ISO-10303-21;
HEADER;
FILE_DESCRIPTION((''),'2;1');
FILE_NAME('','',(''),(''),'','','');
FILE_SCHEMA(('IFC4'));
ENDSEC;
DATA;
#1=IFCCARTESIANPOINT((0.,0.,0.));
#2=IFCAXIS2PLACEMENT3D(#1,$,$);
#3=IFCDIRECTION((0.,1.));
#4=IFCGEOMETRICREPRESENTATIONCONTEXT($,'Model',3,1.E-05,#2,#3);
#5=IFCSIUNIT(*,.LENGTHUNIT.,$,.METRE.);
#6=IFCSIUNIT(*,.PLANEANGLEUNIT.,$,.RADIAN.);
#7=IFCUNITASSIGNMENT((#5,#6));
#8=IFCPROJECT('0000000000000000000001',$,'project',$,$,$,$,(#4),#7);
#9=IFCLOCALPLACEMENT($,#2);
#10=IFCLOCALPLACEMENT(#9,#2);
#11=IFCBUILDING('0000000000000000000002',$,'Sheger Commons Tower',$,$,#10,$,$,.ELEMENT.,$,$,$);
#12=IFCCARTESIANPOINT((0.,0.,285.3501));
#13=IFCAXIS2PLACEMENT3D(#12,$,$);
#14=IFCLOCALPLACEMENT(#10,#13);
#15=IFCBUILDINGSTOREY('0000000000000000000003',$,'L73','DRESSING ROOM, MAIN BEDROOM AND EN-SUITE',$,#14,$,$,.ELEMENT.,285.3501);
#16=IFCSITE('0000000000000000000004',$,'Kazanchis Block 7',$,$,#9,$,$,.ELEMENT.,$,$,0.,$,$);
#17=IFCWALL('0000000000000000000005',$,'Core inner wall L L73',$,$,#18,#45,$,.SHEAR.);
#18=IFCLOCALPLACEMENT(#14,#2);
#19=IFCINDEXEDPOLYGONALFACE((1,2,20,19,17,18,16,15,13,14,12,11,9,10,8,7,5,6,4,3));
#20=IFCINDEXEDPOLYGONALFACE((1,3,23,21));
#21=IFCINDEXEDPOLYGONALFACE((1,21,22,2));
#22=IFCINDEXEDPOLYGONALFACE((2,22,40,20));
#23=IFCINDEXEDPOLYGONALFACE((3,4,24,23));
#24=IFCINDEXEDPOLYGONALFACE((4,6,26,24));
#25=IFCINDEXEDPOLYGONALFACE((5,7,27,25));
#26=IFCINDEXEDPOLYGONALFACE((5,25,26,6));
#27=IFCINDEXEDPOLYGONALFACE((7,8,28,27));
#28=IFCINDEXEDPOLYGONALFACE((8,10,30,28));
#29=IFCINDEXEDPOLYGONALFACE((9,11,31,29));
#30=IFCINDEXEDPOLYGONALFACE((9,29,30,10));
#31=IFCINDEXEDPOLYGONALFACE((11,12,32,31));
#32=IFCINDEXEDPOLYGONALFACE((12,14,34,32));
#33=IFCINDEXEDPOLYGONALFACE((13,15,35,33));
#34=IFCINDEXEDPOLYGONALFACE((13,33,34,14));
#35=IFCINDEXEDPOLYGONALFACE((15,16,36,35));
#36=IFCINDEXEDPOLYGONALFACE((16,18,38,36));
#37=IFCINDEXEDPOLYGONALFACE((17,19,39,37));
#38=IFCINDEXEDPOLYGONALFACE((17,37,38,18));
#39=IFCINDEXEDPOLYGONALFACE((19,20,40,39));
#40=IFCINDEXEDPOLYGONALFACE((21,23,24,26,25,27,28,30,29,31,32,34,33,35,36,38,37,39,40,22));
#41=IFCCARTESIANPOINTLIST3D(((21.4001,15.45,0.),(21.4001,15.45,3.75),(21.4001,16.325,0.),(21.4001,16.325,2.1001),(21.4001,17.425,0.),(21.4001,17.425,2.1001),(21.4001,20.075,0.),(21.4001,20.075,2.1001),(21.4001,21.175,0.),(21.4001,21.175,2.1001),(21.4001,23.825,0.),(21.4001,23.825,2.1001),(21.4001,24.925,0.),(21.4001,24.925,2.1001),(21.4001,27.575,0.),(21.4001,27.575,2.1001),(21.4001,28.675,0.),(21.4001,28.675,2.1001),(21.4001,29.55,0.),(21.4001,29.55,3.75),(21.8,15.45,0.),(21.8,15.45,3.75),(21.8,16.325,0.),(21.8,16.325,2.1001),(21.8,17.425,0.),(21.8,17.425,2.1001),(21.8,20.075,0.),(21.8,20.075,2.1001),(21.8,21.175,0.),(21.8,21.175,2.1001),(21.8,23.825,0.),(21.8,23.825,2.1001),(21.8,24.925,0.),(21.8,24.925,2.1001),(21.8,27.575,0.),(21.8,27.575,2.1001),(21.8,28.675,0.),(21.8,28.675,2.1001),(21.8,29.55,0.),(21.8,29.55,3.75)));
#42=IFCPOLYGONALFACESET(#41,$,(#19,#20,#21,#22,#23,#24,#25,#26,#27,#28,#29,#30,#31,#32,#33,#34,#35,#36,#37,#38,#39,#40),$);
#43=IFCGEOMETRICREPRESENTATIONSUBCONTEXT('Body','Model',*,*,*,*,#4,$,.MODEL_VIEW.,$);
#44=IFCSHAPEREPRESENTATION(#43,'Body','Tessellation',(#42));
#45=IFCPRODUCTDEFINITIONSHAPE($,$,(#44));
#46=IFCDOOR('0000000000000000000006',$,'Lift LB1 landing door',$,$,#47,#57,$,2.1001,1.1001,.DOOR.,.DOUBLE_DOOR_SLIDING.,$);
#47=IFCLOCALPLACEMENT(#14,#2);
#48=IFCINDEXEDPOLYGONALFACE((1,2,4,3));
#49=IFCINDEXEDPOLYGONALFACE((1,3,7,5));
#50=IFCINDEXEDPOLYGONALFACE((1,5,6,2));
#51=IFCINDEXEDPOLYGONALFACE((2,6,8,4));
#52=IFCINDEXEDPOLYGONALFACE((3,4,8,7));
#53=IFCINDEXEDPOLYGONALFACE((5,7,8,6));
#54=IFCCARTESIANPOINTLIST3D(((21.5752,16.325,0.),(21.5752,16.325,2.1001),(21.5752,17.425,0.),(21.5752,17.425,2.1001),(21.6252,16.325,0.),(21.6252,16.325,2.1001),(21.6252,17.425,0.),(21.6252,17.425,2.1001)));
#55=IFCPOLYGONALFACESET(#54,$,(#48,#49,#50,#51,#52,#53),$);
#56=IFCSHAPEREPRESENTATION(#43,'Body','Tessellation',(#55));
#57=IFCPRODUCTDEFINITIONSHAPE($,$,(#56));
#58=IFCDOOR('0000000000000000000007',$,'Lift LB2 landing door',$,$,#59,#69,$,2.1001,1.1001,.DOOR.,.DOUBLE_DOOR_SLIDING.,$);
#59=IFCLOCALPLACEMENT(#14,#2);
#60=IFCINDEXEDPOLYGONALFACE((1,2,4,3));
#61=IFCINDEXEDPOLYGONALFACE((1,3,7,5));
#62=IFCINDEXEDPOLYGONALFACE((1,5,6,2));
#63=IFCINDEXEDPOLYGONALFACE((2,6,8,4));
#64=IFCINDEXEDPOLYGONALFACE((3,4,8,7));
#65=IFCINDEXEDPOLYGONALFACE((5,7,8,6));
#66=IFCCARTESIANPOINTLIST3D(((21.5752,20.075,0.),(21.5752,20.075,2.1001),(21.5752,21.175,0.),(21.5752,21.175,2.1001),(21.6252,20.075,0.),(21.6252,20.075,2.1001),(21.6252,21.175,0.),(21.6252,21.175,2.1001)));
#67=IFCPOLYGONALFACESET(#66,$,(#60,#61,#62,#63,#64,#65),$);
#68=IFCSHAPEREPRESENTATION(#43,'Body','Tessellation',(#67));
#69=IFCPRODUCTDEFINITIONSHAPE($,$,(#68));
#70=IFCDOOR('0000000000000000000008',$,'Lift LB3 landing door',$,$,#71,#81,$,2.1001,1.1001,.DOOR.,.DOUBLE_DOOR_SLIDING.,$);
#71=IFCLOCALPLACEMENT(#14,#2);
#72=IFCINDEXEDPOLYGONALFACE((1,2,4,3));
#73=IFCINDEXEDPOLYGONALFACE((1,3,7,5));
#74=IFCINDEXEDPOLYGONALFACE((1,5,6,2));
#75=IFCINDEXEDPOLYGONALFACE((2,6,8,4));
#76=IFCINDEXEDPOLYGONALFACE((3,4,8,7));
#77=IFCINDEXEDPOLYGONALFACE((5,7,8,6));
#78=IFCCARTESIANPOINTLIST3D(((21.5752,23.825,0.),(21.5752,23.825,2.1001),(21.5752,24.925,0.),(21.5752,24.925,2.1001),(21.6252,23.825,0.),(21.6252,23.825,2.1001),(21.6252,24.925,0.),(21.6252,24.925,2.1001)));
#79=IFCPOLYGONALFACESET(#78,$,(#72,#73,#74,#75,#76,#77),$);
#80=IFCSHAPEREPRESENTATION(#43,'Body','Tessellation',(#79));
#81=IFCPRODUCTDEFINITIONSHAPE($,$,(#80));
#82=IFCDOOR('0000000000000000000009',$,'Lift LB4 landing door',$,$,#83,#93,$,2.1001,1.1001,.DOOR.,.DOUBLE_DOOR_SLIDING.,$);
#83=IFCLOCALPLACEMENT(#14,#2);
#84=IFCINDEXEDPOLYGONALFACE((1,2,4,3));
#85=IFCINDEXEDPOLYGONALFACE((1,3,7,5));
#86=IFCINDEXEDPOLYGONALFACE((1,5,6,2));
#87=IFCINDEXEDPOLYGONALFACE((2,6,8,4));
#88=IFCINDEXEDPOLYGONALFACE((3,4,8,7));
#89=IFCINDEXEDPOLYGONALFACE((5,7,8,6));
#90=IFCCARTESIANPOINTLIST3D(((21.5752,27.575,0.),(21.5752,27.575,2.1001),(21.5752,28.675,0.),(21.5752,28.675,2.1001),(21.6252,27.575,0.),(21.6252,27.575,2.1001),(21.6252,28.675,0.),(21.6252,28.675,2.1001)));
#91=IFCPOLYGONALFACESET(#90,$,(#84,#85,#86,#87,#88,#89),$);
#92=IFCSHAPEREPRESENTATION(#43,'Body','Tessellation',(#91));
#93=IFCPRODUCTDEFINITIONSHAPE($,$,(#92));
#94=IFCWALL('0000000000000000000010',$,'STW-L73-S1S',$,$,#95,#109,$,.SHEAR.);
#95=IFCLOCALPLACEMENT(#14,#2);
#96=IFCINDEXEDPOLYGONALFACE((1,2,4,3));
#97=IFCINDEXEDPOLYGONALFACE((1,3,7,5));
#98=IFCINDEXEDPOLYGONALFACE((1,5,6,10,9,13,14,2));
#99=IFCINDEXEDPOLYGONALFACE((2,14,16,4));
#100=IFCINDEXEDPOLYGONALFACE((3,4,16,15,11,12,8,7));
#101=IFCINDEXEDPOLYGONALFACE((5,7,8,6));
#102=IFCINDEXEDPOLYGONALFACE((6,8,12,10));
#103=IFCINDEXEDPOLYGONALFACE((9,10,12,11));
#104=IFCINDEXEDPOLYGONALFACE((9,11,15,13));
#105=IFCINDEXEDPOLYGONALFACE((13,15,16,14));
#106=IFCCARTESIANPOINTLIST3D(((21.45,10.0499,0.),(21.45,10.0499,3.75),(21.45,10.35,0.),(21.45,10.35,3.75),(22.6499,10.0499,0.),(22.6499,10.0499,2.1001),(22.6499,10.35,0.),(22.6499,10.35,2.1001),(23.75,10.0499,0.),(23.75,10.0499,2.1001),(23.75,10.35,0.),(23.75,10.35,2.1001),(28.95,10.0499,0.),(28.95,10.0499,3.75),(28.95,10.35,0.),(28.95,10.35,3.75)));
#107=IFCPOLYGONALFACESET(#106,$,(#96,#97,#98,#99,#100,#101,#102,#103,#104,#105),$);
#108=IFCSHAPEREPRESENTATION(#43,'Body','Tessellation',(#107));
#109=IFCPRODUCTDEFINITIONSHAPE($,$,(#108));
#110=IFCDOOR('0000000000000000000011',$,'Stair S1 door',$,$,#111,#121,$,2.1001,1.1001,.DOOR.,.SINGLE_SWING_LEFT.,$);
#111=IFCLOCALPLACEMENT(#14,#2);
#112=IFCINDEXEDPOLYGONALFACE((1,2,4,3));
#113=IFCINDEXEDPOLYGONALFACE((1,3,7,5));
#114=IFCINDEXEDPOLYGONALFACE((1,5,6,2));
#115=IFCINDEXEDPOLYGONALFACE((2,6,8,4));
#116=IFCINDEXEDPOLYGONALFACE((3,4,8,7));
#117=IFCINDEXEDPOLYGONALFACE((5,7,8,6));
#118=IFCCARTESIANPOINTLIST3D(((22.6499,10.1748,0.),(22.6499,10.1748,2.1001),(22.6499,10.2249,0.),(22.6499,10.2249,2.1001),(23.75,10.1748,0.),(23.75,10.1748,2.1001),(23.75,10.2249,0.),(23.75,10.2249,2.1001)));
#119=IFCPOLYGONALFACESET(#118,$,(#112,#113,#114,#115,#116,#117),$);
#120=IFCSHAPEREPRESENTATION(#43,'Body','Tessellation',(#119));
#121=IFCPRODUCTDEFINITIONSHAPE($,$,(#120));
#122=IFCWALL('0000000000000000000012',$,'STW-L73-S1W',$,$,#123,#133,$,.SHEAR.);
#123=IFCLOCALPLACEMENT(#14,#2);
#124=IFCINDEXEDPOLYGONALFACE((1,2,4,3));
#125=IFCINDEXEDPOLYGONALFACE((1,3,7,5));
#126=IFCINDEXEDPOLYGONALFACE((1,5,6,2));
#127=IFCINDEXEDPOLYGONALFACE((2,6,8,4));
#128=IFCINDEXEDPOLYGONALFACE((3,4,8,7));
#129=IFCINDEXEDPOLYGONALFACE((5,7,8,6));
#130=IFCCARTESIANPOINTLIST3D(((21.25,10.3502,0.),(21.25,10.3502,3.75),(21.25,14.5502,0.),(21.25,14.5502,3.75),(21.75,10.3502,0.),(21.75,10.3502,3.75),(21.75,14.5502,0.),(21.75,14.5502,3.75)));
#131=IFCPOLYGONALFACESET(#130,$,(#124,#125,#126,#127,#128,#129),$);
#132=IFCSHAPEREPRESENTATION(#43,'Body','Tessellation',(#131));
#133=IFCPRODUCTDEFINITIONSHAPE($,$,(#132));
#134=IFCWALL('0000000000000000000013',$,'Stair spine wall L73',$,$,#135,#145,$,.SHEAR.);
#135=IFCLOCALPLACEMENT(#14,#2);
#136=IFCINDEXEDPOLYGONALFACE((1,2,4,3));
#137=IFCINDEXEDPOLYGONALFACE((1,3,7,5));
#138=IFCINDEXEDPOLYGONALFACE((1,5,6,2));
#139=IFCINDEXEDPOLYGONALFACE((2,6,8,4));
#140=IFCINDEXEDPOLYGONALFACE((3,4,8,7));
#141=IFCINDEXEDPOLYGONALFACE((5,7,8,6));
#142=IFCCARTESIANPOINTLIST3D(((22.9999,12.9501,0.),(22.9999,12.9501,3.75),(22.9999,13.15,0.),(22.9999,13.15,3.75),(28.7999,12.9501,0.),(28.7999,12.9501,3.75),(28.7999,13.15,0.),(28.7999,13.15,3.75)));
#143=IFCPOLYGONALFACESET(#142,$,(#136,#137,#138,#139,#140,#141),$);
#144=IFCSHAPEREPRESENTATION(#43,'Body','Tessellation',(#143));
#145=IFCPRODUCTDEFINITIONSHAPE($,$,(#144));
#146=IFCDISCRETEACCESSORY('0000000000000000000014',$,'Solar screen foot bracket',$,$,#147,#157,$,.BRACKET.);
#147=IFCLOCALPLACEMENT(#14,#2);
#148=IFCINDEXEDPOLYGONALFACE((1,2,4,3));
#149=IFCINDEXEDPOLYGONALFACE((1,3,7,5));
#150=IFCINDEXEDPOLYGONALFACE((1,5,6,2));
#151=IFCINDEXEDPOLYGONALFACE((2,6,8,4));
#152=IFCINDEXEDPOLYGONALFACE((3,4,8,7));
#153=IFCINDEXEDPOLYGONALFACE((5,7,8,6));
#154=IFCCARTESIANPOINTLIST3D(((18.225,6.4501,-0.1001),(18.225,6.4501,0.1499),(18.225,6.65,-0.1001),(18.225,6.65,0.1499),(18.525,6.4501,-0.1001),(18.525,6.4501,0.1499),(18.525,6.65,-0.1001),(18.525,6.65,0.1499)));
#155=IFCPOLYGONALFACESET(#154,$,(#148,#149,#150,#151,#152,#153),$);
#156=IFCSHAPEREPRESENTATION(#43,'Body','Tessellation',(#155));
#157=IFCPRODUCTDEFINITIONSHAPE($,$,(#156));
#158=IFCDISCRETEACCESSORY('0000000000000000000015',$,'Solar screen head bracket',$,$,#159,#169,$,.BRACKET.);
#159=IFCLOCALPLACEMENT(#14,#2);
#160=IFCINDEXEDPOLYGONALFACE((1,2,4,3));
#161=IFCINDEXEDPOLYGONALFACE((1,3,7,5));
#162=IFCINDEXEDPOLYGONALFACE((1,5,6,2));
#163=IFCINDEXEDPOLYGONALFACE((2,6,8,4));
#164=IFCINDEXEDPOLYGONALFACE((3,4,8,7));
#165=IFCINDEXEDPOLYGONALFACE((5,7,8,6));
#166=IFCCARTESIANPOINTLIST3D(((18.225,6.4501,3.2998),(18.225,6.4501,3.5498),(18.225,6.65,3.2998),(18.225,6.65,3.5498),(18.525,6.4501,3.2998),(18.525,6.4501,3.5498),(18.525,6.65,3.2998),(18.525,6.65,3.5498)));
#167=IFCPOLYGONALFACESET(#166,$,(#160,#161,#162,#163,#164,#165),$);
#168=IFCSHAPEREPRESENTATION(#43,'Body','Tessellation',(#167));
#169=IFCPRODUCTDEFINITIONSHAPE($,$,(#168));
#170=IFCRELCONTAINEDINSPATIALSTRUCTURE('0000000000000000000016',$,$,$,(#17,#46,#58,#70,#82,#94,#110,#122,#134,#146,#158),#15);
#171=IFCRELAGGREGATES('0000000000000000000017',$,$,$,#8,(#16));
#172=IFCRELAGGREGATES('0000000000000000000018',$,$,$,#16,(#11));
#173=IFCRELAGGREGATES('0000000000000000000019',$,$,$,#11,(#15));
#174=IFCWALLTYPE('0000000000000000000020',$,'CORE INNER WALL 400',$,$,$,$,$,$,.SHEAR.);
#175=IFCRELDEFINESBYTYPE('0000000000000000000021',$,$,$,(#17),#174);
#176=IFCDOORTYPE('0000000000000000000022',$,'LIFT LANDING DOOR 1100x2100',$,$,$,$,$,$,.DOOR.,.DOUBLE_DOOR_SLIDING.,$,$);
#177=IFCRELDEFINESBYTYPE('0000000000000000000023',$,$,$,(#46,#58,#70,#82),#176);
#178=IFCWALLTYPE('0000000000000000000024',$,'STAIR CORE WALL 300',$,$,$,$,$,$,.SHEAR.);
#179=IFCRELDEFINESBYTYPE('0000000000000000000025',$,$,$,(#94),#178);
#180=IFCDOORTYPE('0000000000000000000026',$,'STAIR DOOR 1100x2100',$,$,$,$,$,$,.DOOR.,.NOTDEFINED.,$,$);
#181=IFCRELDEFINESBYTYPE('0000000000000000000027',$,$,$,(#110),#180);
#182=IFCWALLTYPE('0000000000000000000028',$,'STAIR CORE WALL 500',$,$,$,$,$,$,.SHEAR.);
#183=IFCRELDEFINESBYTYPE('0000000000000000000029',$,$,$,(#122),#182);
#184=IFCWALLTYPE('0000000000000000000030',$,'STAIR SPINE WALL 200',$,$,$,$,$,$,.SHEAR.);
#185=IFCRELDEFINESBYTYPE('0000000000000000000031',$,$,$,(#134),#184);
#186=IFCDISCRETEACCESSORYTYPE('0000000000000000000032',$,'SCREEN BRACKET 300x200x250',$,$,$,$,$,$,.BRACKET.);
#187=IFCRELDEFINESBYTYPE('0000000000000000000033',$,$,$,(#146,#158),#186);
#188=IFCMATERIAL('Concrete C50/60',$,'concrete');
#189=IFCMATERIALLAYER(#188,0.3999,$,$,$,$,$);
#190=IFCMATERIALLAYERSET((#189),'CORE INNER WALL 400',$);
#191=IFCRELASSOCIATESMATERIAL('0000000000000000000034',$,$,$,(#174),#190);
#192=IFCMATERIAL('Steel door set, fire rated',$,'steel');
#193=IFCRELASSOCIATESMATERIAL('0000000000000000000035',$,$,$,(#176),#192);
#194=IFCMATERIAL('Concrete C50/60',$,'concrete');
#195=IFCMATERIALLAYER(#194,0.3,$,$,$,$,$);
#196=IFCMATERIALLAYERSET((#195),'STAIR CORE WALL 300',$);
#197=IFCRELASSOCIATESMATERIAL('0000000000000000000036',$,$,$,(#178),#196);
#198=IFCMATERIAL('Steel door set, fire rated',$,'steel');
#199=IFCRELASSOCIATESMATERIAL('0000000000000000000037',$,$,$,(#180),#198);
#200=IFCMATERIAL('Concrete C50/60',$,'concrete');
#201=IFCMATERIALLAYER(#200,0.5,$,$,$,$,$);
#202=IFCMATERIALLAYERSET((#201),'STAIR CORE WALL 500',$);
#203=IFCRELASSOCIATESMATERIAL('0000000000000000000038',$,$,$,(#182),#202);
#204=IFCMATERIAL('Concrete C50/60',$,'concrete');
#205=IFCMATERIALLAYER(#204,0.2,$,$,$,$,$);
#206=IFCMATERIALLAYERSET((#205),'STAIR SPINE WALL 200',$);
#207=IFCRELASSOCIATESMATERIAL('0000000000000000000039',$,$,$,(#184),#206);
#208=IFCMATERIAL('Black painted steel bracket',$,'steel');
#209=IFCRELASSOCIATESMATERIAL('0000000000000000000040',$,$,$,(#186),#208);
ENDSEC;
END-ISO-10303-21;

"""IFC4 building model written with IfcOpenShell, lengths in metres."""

from ifc_helpers import new_model, si_unit, direction, frame, frame_2d, origin, origin_2d, place, context, subcontext, project, spatial, rectangle, extrude, material, layer, layer_set, type_object, element, fill, save


model = new_model("IFC4")

# Units and contexts
model_context = context("Model", 3, precision=1e-05, world=origin(), true_north=direction((0.0, 1.0)))
body_context = subcontext(model_context, "Body", "Model", "MODEL_VIEW")
ifc_project = project(units=[si_unit("LENGTHUNIT", "METRE"), si_unit("PLANEANGLEUNIT", "RADIAN")], contexts=[model_context])

# Site, building, storey
site_placement = place(None, origin())
site = spatial("IfcSite", under=ifc_project, at=site_placement, Name="Kazanchis Block 7", CompositionType="ELEMENT", RefElevation=0.0)
building_placement = place(site_placement, origin())
building = spatial("IfcBuilding", under=site, at=building_placement, Name="Sheger Commons Tower", CompositionType="ELEMENT")
storey_placement = place(building_placement, frame((0.0, 0.0, 285.3501)))
storey = spatial("IfcBuildingStorey", under=building, at=storey_placement, Name="L73", Description="DRESSING ROOM, MAIN BEDROOM AND EN-SUITE", CompositionType="ELEMENT", Elevation=285.3501)

# Wall, openings, doors
ifc_material_1 = material(Name="Concrete C50/60", Category="concrete")
ifc_layer_1 = layer(ifc_material_1, 0.3999)
ifc_layer_set_1 = layer_set([ifc_layer_1], Name="CORE INNER WALL 400")
wall_type_1 = type_object("IfcWallType", Name="CORE INNER WALL 400", PredefinedType="SHEAR", material=ifc_layer_set_1)
wall_1_placement = place(storey_placement, frame((21.6001, 15.45, 0.0), z_axis=(0.0, 0.0, 1.0), x_axis=(0.0, 1.0, 0.0)))
wall_1 = element("IfcWall", 1, at=wall_1_placement, inside=storey, type_object=wall_type_1, Name="Core inner wall L L73", PredefinedType="SHEAR", context=body_context, shape_type="SweptSolid", body=[
    extrude(rectangle(XDim=14.1001, YDim=0.3999, at=frame_2d((7.05, 0.0))), origin(), (0.0, 0.0, 1.0), 3.75),
])
opening_1_placement = place(wall_1_placement, frame((0.875, 0.0, 0.0)))
opening_1 = element("IfcOpeningElement", 2, at=opening_1_placement, cuts=wall_1, PredefinedType="OPENING", context=body_context, shape_type="SweptSolid", body=[
    extrude(rectangle(XDim=1.1001, YDim=2.1001, at=frame_2d((0.55, 1.05))), frame((0.0, 0.21, 0.0), z_axis=(0.0, -1.0, 0.0), x_axis=(1.0, 0.0, 0.0)), (0.0, 0.0, 1.0), 0.4199),
])
opening_2_placement = place(wall_1_placement, frame((4.625, 0.0, 0.0)))
opening_2 = element("IfcOpeningElement", 3, at=opening_2_placement, cuts=wall_1, PredefinedType="OPENING", context=body_context, shape_type="SweptSolid", body=[
    extrude(rectangle(XDim=1.1001, YDim=2.1001, at=frame_2d((0.55, 1.05))), frame((0.0, 0.21, 0.0), z_axis=(0.0, -1.0, 0.0), x_axis=(1.0, 0.0, 0.0)), (0.0, 0.0, 1.0), 0.4199),
])
opening_3_placement = place(wall_1_placement, frame((8.375, 0.0, 0.0)))
opening_3 = element("IfcOpeningElement", 4, at=opening_3_placement, cuts=wall_1, PredefinedType="OPENING", context=body_context, shape_type="SweptSolid", body=[
    extrude(rectangle(XDim=1.1001, YDim=2.1001, at=frame_2d((0.55, 1.05))), frame((0.0, 0.21, 0.0), z_axis=(0.0, -1.0, 0.0), x_axis=(1.0, 0.0, 0.0)), (0.0, 0.0, 1.0), 0.4199),
])
opening_4_placement = place(wall_1_placement, frame((12.125, 0.0, 0.0)))
opening_4 = element("IfcOpeningElement", 5, at=opening_4_placement, cuts=wall_1, PredefinedType="OPENING", context=body_context, shape_type="SweptSolid", body=[
    extrude(rectangle(XDim=1.1001, YDim=2.1001, at=frame_2d((0.55, 1.05))), frame((0.0, 0.21, 0.0), z_axis=(0.0, -1.0, 0.0), x_axis=(1.0, 0.0, 0.0)), (0.0, 0.0, 1.0), 0.4199),
])
ifc_material_2 = material(Name="Steel door set, fire rated", Category="steel")
door_type_1 = type_object("IfcDoorType", Name="LIFT LANDING DOOR 1100x2100", OperationType="DOUBLE_DOOR_SLIDING", PredefinedType="DOOR", material=ifc_material_2)
door_1_placement = place(opening_1_placement, origin())
door_1 = element("IfcDoor", 6, at=door_1_placement, inside=storey, type_object=door_type_1, Name="Lift LB1 landing door", OperationType="DOUBLE_DOOR_SLIDING", OverallHeight=2.1001, OverallWidth=1.1001, PredefinedType="DOOR", context=body_context, shape_type="SweptSolid", body=[
    extrude(rectangle(XDim=1.1001, YDim=2.1001, at=frame_2d((0.55, 1.05))), frame((0.0, 0.0249, 0.0), z_axis=(0.0, -1.0, 0.0), x_axis=(1.0, 0.0, 0.0)), (0.0, 0.0, 1.0), 0.05),
])
fill(opening_1, door_1)
door_2_placement = place(opening_2_placement, origin())
door_2 = element("IfcDoor", 7, at=door_2_placement, inside=storey, type_object=door_type_1, Name="Lift LB2 landing door", OperationType="DOUBLE_DOOR_SLIDING", OverallHeight=2.1001, OverallWidth=1.1001, PredefinedType="DOOR", context=body_context, shape_type="SweptSolid", body=[
    extrude(rectangle(XDim=1.1001, YDim=2.1001, at=frame_2d((0.55, 1.05))), frame((0.0, 0.0249, 0.0), z_axis=(0.0, -1.0, 0.0), x_axis=(1.0, 0.0, 0.0)), (0.0, 0.0, 1.0), 0.05),
])
fill(opening_2, door_2)
door_3_placement = place(opening_3_placement, origin())
door_3 = element("IfcDoor", 8, at=door_3_placement, inside=storey, type_object=door_type_1, Name="Lift LB3 landing door", OperationType="DOUBLE_DOOR_SLIDING", OverallHeight=2.1001, OverallWidth=1.1001, PredefinedType="DOOR", context=body_context, shape_type="SweptSolid", body=[
    extrude(rectangle(XDim=1.1001, YDim=2.1001, at=frame_2d((0.55, 1.05))), frame((0.0, 0.0249, 0.0), z_axis=(0.0, -1.0, 0.0), x_axis=(1.0, 0.0, 0.0)), (0.0, 0.0, 1.0), 0.05),
])
fill(opening_3, door_3)
door_4_placement = place(opening_4_placement, origin())
door_4 = element("IfcDoor", 9, at=door_4_placement, inside=storey, type_object=door_type_1, Name="Lift LB4 landing door", OperationType="DOUBLE_DOOR_SLIDING", OverallHeight=2.1001, OverallWidth=1.1001, PredefinedType="DOOR", context=body_context, shape_type="SweptSolid", body=[
    extrude(rectangle(XDim=1.1001, YDim=2.1001, at=frame_2d((0.55, 1.05))), frame((0.0, 0.0249, 0.0), z_axis=(0.0, -1.0, 0.0), x_axis=(1.0, 0.0, 0.0)), (0.0, 0.0, 1.0), 0.05),
])
fill(opening_4, door_4)

# Wall, opening, door
ifc_material_3 = material(Name="Concrete C50/60", Category="concrete")
ifc_layer_2 = layer(ifc_material_3, 0.3)
ifc_layer_set_2 = layer_set([ifc_layer_2], Name="STAIR CORE WALL 300")
wall_type_2 = type_object("IfcWallType", Name="STAIR CORE WALL 300", PredefinedType="SHEAR", material=ifc_layer_set_2)
wall_2_placement = place(storey_placement, frame((21.45, 10.2, 0.0), z_axis=(0.0, 0.0, 1.0), x_axis=(1.0, 0.0, 0.0)))
wall_2 = element("IfcWall", 10, at=wall_2_placement, inside=storey, type_object=wall_type_2, Name="STW-L73-S1S", PredefinedType="SHEAR", context=body_context, shape_type="SweptSolid", body=[
    extrude(rectangle(XDim=7.5, YDim=0.3, at=frame_2d((3.75, 0.0))), origin(), (0.0, 0.0, 1.0), 3.75),
])
opening_5_placement = place(wall_2_placement, frame((1.2, 0.0, 0.0)))
opening_5 = element("IfcOpeningElement", 11, at=opening_5_placement, cuts=wall_2, PredefinedType="OPENING", context=body_context, shape_type="SweptSolid", body=[
    extrude(rectangle(XDim=1.1001, YDim=2.1001, at=frame_2d((0.55, 1.05))), frame((0.0, 0.1599, 0.0), z_axis=(0.0, -1.0, 0.0), x_axis=(1.0, 0.0, 0.0)), (0.0, 0.0, 1.0), 0.3201),
])
ifc_material_4 = material(Name="Steel door set, fire rated", Category="steel")
door_type_2 = type_object("IfcDoorType", Name="STAIR DOOR 1100x2100", OperationType="NOTDEFINED", PredefinedType="DOOR", material=ifc_material_4)
door_5_placement = place(opening_5_placement, origin())
door_5 = element("IfcDoor", 12, at=door_5_placement, inside=storey, type_object=door_type_2, Name="Stair S1 door", OperationType="SINGLE_SWING_LEFT", OverallHeight=2.1001, OverallWidth=1.1001, PredefinedType="DOOR", context=body_context, shape_type="SweptSolid", body=[
    extrude(rectangle(XDim=1.1001, YDim=2.1001, at=frame_2d((0.55, 1.05))), frame((0.0, 0.0249, 0.0), z_axis=(0.0, -1.0, 0.0), x_axis=(1.0, 0.0, 0.0)), (0.0, 0.0, 1.0), 0.05),
])
fill(opening_5, door_5)

# Walls
ifc_material_5 = material(Name="Concrete C50/60", Category="concrete")
ifc_layer_3 = layer(ifc_material_5, 0.5)
ifc_layer_set_3 = layer_set([ifc_layer_3], Name="STAIR CORE WALL 500")
wall_type_3 = type_object("IfcWallType", Name="STAIR CORE WALL 500", PredefinedType="SHEAR", material=ifc_layer_set_3)
wall_3_placement = place(storey_placement, frame((21.5, 10.3501, 0.0), z_axis=(0.0, 0.0, 1.0), x_axis=(0.0, 1.0, 0.0)))
element("IfcWall", 13, at=wall_3_placement, inside=storey, type_object=wall_type_3, Name="STW-L73-S1W", PredefinedType="SHEAR", context=body_context, shape_type="SweptSolid", body=[
    extrude(rectangle(XDim=4.2, YDim=0.5, at=frame_2d((2.1001, 0.0))), origin(), (0.0, 0.0, 1.0), 3.75),
])
ifc_material_6 = material(Name="Concrete C50/60", Category="concrete")
ifc_layer_4 = layer(ifc_material_6, 0.2)
ifc_layer_set_4 = layer_set([ifc_layer_4], Name="STAIR SPINE WALL 200")
wall_type_4 = type_object("IfcWallType", Name="STAIR SPINE WALL 200", PredefinedType="SHEAR", material=ifc_layer_set_4)
wall_4_placement = place(storey_placement, frame((23.0, 13.05, 0.0), z_axis=(0.0, 0.0, 1.0), x_axis=(1.0, 0.0, 0.0)))
element("IfcWall", 14, at=wall_4_placement, inside=storey, type_object=wall_type_4, Name="Stair spine wall L73", PredefinedType="SHEAR", context=body_context, shape_type="SweptSolid", body=[
    extrude(rectangle(XDim=5.8, YDim=0.2, at=frame_2d((2.8999, 0.0))), origin(), (0.0, 0.0, 1.0), 3.75),
])

# Discrete accessories
ifc_material_7 = material(Name="Black painted steel bracket", Category="steel")
discrete_accessory_type = type_object("IfcDiscreteAccessoryType", Name="SCREEN BRACKET 300x200x250", PredefinedType="BRACKET", material=ifc_material_7)
for number, where, z_axis, x_axis, name in (
    (15, (18.375, 6.55, -0.1001), (0.0, 0.0, 1.0), (1.0, 0.0, 0.0), "Solar screen foot bracket"),
    (16, (18.375, 6.55, 3.2998), (0.0, 0.0, 1.0), (1.0, 0.0, 0.0), "Solar screen head bracket"),
):
    element("IfcDiscreteAccessory", number, at=place(storey_placement, frame(where, z_axis=z_axis, x_axis=x_axis)), inside=storey, type_object=discrete_accessory_type, Name=name, PredefinedType="BRACKET", context=body_context, shape_type="SweptSolid", body=[
        extrude(rectangle(XDim=0.3, YDim=0.2, at=origin_2d()), origin(), (0.0, 0.0, 1.0), 0.25),
    ])

save(model, "model.ifc")
